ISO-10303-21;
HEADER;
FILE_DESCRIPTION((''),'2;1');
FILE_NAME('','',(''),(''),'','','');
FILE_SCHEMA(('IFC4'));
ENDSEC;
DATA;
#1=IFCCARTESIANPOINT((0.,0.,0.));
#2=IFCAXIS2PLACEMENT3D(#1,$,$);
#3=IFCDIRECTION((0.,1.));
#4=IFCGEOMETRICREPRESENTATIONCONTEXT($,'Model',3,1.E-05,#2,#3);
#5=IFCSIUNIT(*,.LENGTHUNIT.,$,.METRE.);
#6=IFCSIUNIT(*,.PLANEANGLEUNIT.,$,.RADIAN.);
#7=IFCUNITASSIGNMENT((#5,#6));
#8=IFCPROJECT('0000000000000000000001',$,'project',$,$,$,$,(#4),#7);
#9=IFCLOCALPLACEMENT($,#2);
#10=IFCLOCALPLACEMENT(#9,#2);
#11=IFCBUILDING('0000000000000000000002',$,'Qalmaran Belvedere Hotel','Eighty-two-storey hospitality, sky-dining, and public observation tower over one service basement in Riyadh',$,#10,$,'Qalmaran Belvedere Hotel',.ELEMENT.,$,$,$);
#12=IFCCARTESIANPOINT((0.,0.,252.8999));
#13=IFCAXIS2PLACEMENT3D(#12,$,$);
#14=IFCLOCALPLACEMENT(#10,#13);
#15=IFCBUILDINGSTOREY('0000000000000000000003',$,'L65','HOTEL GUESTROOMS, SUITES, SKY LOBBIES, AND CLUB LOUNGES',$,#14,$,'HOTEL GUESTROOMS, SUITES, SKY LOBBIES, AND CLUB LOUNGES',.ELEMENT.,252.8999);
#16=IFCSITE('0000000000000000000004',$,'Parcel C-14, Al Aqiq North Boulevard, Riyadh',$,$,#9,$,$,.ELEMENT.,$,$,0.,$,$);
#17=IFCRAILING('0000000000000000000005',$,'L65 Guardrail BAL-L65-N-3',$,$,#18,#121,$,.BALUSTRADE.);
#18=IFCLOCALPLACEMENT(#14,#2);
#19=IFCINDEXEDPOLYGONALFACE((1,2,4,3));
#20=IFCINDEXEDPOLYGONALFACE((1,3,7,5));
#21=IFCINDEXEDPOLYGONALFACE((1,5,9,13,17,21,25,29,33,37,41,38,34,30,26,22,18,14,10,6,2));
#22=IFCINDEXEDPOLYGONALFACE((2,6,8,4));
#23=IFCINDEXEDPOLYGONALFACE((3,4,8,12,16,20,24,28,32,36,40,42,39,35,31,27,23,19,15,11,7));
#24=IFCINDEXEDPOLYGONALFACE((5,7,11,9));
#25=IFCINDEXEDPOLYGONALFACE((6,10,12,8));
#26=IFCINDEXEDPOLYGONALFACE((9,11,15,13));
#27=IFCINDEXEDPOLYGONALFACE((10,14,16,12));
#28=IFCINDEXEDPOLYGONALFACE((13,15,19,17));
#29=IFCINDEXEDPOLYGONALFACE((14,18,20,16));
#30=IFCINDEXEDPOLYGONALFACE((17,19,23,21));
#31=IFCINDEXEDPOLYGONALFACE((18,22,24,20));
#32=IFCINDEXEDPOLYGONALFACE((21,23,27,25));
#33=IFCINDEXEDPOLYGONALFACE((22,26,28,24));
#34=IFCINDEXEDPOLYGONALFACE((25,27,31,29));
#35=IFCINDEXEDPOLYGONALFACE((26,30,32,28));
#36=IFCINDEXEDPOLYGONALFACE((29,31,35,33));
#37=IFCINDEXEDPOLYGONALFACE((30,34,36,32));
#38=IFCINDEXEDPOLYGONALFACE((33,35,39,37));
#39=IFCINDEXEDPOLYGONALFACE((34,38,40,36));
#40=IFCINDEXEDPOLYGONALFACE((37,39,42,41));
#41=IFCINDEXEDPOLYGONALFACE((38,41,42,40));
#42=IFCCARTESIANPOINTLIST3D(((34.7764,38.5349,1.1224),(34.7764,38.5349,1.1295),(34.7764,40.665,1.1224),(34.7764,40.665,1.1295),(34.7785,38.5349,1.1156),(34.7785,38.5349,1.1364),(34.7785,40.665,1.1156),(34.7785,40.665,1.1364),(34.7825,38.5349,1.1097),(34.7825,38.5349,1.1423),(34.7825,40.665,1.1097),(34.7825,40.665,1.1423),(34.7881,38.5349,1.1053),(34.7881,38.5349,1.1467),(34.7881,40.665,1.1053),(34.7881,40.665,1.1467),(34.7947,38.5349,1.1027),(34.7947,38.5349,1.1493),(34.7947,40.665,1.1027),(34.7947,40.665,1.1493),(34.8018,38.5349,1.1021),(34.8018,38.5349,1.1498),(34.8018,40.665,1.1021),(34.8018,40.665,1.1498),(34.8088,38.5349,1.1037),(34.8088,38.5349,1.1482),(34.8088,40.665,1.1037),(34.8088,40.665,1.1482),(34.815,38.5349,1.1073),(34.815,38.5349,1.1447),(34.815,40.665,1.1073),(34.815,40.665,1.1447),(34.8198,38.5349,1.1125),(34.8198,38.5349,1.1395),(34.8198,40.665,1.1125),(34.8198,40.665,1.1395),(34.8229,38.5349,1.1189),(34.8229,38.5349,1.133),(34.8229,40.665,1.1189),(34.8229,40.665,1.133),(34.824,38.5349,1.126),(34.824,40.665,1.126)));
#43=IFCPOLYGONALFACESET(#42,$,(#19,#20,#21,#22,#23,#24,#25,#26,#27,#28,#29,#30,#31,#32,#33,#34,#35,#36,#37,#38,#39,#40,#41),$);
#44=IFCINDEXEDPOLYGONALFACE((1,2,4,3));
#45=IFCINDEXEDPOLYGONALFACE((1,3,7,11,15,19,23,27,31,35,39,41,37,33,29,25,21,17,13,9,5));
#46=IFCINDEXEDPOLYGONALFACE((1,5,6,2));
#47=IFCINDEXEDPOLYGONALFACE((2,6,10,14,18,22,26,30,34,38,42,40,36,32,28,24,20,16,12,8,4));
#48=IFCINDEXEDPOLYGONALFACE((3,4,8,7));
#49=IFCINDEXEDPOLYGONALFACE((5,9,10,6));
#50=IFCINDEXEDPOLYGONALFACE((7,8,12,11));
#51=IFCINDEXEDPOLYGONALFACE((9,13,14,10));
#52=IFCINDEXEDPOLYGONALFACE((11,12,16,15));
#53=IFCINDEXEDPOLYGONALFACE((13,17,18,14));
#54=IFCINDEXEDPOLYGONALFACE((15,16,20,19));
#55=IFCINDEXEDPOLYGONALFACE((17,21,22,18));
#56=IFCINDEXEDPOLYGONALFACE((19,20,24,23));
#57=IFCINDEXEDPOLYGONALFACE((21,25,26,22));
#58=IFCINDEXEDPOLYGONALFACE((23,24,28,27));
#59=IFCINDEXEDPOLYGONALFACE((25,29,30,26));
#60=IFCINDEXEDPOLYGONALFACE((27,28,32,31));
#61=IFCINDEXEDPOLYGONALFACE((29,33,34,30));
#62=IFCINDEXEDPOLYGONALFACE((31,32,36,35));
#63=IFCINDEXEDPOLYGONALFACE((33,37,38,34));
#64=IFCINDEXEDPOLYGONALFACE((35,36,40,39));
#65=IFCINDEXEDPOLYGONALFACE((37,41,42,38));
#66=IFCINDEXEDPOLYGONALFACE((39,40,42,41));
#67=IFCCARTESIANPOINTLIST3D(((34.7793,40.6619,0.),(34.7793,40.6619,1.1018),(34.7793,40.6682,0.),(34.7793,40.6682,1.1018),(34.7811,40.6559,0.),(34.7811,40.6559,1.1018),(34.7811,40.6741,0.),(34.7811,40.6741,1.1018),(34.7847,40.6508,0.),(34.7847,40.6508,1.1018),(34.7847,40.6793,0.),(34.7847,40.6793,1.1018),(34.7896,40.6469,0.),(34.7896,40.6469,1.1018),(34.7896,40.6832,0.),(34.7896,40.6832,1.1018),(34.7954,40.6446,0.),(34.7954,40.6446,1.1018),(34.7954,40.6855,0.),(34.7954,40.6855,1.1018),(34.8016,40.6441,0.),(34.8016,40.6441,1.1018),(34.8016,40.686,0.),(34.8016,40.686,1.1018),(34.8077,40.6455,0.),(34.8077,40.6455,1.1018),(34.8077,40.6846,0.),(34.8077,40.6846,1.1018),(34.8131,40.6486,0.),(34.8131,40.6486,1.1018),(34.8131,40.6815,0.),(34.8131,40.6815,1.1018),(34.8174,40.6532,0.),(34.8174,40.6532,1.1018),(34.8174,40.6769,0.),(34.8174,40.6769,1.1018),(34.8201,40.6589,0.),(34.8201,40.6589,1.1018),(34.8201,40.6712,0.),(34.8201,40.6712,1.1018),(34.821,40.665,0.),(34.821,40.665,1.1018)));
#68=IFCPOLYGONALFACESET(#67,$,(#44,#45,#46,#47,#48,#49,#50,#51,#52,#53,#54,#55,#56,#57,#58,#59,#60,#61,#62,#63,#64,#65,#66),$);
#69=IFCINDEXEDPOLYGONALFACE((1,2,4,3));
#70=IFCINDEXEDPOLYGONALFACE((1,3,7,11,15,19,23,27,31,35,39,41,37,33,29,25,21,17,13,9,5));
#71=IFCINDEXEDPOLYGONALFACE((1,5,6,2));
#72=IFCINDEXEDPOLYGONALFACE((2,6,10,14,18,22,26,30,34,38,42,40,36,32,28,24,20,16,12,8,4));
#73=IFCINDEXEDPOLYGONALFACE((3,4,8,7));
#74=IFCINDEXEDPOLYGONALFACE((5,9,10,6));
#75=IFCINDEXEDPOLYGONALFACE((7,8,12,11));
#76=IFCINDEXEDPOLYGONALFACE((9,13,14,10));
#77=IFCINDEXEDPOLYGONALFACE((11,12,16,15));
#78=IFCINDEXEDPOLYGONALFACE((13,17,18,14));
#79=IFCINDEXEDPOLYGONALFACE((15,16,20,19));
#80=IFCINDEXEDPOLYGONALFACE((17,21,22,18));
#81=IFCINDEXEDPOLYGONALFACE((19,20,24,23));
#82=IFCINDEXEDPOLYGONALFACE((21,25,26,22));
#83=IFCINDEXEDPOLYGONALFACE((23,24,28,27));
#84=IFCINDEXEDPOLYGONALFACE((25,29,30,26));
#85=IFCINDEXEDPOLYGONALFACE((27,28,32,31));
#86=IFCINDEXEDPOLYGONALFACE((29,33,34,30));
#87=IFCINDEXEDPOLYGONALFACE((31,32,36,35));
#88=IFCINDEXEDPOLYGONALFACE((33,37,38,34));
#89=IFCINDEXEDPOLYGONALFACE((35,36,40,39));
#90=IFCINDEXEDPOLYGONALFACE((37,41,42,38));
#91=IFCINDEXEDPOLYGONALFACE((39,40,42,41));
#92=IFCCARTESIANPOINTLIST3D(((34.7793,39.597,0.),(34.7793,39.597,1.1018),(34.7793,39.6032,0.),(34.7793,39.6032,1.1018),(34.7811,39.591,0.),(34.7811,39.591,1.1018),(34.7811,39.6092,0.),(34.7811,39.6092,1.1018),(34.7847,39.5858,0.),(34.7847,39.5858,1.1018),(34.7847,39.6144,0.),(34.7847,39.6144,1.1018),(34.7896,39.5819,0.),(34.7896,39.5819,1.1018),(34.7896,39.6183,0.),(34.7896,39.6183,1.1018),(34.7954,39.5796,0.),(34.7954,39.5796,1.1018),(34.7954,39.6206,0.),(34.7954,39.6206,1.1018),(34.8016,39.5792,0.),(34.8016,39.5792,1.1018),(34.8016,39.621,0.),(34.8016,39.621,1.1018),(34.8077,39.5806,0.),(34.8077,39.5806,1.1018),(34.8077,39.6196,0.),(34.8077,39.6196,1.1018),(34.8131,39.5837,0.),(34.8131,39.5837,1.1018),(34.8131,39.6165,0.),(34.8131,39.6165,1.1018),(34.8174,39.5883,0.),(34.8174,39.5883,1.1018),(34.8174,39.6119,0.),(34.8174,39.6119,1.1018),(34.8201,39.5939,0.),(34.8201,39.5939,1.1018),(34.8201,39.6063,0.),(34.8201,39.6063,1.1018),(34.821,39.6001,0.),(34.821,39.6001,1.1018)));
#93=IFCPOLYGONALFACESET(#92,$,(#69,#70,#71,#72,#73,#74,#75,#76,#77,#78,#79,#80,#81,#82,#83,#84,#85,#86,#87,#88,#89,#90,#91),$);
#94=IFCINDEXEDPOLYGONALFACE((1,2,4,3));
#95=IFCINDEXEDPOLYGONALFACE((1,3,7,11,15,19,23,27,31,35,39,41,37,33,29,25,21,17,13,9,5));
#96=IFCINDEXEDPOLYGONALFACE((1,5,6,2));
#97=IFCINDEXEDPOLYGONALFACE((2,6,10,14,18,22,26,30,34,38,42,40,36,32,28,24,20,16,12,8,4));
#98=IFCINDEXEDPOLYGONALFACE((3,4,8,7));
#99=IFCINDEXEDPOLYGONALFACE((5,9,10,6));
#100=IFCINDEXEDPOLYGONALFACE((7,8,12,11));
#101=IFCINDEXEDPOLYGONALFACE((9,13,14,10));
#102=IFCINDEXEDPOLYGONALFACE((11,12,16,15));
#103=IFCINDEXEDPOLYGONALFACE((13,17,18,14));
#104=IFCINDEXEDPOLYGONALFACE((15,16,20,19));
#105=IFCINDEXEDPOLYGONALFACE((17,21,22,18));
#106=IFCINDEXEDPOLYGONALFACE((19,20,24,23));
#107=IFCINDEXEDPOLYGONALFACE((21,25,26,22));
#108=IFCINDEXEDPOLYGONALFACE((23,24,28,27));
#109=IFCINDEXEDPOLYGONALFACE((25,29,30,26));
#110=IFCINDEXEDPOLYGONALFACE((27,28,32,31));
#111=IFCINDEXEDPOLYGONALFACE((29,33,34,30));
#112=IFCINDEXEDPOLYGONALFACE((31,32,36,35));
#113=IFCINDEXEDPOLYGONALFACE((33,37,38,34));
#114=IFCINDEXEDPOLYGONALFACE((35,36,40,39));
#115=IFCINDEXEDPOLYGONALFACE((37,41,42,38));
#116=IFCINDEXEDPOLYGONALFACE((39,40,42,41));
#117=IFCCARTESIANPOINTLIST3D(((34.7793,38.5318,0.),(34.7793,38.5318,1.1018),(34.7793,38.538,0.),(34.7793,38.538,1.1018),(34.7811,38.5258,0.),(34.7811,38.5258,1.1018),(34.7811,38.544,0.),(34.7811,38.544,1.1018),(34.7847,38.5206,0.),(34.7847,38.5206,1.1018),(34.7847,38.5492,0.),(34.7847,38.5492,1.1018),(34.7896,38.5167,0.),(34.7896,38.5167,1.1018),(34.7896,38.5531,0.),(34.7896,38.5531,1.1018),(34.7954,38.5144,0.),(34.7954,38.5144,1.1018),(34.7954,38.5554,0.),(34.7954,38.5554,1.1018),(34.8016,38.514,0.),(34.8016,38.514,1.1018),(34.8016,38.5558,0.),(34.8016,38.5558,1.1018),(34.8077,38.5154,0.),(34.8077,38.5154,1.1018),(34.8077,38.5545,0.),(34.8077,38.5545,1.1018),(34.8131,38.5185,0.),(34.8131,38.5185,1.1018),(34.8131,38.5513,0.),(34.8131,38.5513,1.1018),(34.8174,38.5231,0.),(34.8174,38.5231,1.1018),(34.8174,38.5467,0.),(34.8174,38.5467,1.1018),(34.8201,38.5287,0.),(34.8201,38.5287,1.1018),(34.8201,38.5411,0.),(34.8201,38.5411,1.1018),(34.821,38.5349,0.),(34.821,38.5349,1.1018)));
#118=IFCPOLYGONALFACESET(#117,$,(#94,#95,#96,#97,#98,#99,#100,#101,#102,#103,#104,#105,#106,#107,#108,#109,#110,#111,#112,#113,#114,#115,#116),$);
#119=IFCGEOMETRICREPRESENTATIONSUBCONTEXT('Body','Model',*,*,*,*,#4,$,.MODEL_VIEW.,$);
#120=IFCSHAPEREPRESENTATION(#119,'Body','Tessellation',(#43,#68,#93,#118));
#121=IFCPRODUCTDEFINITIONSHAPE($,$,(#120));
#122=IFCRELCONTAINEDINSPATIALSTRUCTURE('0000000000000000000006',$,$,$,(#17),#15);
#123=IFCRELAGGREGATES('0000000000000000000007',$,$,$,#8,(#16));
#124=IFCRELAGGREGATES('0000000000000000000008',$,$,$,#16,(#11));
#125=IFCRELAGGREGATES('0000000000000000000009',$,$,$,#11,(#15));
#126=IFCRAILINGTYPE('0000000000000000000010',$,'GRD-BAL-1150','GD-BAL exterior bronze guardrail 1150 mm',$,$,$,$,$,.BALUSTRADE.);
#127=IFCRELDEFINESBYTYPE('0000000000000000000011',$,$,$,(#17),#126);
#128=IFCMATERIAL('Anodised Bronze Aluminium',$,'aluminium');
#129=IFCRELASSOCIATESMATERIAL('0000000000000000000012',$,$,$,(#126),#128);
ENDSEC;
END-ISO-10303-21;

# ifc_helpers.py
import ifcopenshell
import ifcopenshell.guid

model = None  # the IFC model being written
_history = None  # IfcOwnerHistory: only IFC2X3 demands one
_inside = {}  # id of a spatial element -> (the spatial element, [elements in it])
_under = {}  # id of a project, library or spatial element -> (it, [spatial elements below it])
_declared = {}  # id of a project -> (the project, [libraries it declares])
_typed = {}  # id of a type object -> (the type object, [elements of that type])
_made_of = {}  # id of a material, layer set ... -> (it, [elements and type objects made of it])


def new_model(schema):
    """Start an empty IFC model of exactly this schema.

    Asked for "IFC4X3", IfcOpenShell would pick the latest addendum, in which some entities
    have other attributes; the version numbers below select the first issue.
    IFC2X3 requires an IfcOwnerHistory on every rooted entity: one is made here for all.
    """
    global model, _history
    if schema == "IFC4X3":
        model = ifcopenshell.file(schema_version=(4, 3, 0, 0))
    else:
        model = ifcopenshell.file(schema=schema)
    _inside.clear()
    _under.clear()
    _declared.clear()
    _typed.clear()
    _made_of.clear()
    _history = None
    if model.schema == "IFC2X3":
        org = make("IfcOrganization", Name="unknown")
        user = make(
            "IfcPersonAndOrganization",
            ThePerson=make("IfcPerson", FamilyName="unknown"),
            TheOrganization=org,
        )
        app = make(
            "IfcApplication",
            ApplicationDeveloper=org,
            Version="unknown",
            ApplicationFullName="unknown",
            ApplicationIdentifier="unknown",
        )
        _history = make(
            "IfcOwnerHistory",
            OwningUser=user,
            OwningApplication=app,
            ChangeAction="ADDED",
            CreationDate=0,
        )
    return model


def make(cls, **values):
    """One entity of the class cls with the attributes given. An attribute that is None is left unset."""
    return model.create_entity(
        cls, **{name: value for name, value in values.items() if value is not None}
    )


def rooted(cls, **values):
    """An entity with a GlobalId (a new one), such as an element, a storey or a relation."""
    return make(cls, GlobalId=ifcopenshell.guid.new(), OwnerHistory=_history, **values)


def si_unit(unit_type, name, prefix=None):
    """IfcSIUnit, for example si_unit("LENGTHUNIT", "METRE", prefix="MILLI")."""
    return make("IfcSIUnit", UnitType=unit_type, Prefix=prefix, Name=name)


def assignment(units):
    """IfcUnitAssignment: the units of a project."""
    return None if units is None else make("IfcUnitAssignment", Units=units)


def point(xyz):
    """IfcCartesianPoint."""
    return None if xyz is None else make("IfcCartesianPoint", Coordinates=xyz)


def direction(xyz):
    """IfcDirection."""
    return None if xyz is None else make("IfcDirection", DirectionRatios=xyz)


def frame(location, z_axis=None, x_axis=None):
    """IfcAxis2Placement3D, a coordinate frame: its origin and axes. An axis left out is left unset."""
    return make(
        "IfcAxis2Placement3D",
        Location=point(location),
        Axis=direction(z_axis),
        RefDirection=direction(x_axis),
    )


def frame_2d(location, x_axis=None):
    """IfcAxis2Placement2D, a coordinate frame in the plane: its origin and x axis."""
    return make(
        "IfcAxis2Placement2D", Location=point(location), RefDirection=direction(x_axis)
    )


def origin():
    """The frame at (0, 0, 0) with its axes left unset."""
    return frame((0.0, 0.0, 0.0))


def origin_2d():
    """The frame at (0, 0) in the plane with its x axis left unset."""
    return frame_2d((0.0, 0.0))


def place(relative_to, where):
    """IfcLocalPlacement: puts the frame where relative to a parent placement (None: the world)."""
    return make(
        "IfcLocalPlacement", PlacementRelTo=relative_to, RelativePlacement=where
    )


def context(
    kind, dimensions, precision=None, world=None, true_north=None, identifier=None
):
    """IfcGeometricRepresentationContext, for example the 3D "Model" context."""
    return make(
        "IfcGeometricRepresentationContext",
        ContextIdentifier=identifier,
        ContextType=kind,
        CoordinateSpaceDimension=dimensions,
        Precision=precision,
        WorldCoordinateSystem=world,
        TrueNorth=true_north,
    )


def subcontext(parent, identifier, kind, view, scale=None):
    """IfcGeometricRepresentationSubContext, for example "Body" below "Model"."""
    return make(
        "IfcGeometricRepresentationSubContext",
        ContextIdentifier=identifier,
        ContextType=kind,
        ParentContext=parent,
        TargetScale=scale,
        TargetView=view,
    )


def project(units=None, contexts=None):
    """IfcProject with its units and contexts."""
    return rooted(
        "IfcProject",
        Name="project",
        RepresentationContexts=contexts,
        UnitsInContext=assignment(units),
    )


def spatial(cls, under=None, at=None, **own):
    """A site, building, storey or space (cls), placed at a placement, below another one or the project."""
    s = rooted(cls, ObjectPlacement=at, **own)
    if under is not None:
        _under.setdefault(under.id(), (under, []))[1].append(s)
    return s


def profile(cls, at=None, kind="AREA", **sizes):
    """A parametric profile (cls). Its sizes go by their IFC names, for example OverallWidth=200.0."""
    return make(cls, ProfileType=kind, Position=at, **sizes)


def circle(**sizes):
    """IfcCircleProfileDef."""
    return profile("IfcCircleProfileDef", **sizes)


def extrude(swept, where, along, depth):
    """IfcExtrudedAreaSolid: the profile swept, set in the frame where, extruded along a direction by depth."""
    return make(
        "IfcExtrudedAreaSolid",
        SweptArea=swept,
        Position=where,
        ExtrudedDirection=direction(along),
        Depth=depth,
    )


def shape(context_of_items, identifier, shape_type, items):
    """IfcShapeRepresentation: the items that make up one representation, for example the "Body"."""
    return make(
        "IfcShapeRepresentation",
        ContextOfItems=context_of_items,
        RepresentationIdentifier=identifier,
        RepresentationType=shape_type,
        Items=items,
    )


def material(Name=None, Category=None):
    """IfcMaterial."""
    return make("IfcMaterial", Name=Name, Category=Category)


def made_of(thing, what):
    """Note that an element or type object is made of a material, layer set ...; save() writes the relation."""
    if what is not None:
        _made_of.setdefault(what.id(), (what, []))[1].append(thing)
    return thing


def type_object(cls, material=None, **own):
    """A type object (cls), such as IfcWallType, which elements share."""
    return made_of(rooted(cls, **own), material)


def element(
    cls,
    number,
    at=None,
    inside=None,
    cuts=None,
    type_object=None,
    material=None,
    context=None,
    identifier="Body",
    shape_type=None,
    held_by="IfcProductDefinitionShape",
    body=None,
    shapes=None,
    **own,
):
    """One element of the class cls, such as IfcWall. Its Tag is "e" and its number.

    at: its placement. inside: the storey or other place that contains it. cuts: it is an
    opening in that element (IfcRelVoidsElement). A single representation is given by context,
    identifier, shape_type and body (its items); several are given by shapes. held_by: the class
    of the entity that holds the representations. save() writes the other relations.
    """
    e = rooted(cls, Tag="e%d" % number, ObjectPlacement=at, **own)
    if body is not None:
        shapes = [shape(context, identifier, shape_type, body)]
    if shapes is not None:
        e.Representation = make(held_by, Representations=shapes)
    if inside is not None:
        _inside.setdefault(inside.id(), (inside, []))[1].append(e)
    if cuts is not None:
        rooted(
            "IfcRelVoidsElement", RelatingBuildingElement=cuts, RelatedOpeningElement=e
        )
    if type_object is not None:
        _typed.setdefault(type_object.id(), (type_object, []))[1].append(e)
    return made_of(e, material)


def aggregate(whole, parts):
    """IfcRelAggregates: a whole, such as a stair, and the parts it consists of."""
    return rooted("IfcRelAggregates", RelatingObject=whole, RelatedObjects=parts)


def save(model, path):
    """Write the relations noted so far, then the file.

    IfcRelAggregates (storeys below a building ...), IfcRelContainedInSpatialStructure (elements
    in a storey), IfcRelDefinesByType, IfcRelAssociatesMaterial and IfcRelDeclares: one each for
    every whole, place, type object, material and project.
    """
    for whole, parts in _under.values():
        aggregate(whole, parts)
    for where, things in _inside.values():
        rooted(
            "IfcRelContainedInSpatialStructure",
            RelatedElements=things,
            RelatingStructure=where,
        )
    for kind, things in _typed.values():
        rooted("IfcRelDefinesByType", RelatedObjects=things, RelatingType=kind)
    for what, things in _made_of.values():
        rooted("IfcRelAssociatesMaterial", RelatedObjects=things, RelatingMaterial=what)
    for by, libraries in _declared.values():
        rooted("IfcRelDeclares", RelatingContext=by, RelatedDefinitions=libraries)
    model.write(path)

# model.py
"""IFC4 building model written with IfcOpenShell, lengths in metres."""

from ifc_helpers import new_model, si_unit, direction, frame, origin, origin_2d, place, context, subcontext, project, spatial, circle, extrude, material, type_object, element, save


model = new_model("IFC4")

# Units and contexts
model_context = context("Model", 3, precision=1e-05, world=origin(), true_north=direction((0.0, 1.0)))
body_context = subcontext(model_context, "Body", "Model", "MODEL_VIEW")
ifc_project = project(units=[si_unit("LENGTHUNIT", "METRE"), si_unit("PLANEANGLEUNIT", "RADIAN")], contexts=[model_context])

# Site, building, storey
site_placement = place(None, origin())
site = spatial("IfcSite", under=ifc_project, at=site_placement, Name="Parcel C-14, Al Aqiq North Boulevard, Riyadh", CompositionType="ELEMENT", RefElevation=0.0)
building_placement = place(site_placement, origin())
building = spatial("IfcBuilding", under=site, at=building_placement, Name="Qalmaran Belvedere Hotel", Description="Eighty-two-storey hospitality, sky-dining, and public observation tower over one service basement in Riyadh", LongName="Qalmaran Belvedere Hotel", CompositionType="ELEMENT")
storey_placement = place(building_placement, frame((0.0, 0.0, 252.8999)))
storey = spatial("IfcBuildingStorey", under=building, at=storey_placement, Name="L65", Description="HOTEL GUESTROOMS, SUITES, SKY LOBBIES, AND CLUB LOUNGES", LongName="HOTEL GUESTROOMS, SUITES, SKY LOBBIES, AND CLUB LOUNGES", CompositionType="ELEMENT", Elevation=252.8999)

# Shared definitions
ifc_material_1 = material(Name="Anodised Bronze Aluminium", Category="aluminium")

# Railing
railing_type = type_object("IfcRailingType", Name="GRD-BAL-1150", Description="GD-BAL exterior bronze guardrail 1150 mm", PredefinedType="BALUSTRADE", material=ifc_material_1)
railing_1_placement = place(storey_placement, frame((34.8, 40.665, 0.0)))
element("IfcRailing", 1, at=railing_1_placement, inside=storey, type_object=railing_type, Name="L65 Guardrail BAL-L65-N-3", PredefinedType="BALUSTRADE", context=body_context, shape_type="SweptSolid", body=[
    extrude(circle(Radius=0.0239, at=origin_2d()), frame((0.0, 0.0, 1.126), z_axis=(0.0, -1.0, 0.0), x_axis=(1.0, 0.0, 0.0)), (0.0, 0.0, 1.0), 2.1301),
    extrude(circle(Radius=0.021, at=origin_2d()), origin(), (0.0, 0.0, 1.0), 1.1018),
    extrude(circle(Radius=0.021, at=origin_2d()), frame((0.0, -1.0649, 0.0)), (0.0, 0.0, 1.0), 1.1018),
    extrude(circle(Radius=0.021, at=origin_2d()), frame((0.0, -2.1301, 0.0)), (0.0, 0.0, 1.0), 1.1018),
])

save(model, "model.ifc")
